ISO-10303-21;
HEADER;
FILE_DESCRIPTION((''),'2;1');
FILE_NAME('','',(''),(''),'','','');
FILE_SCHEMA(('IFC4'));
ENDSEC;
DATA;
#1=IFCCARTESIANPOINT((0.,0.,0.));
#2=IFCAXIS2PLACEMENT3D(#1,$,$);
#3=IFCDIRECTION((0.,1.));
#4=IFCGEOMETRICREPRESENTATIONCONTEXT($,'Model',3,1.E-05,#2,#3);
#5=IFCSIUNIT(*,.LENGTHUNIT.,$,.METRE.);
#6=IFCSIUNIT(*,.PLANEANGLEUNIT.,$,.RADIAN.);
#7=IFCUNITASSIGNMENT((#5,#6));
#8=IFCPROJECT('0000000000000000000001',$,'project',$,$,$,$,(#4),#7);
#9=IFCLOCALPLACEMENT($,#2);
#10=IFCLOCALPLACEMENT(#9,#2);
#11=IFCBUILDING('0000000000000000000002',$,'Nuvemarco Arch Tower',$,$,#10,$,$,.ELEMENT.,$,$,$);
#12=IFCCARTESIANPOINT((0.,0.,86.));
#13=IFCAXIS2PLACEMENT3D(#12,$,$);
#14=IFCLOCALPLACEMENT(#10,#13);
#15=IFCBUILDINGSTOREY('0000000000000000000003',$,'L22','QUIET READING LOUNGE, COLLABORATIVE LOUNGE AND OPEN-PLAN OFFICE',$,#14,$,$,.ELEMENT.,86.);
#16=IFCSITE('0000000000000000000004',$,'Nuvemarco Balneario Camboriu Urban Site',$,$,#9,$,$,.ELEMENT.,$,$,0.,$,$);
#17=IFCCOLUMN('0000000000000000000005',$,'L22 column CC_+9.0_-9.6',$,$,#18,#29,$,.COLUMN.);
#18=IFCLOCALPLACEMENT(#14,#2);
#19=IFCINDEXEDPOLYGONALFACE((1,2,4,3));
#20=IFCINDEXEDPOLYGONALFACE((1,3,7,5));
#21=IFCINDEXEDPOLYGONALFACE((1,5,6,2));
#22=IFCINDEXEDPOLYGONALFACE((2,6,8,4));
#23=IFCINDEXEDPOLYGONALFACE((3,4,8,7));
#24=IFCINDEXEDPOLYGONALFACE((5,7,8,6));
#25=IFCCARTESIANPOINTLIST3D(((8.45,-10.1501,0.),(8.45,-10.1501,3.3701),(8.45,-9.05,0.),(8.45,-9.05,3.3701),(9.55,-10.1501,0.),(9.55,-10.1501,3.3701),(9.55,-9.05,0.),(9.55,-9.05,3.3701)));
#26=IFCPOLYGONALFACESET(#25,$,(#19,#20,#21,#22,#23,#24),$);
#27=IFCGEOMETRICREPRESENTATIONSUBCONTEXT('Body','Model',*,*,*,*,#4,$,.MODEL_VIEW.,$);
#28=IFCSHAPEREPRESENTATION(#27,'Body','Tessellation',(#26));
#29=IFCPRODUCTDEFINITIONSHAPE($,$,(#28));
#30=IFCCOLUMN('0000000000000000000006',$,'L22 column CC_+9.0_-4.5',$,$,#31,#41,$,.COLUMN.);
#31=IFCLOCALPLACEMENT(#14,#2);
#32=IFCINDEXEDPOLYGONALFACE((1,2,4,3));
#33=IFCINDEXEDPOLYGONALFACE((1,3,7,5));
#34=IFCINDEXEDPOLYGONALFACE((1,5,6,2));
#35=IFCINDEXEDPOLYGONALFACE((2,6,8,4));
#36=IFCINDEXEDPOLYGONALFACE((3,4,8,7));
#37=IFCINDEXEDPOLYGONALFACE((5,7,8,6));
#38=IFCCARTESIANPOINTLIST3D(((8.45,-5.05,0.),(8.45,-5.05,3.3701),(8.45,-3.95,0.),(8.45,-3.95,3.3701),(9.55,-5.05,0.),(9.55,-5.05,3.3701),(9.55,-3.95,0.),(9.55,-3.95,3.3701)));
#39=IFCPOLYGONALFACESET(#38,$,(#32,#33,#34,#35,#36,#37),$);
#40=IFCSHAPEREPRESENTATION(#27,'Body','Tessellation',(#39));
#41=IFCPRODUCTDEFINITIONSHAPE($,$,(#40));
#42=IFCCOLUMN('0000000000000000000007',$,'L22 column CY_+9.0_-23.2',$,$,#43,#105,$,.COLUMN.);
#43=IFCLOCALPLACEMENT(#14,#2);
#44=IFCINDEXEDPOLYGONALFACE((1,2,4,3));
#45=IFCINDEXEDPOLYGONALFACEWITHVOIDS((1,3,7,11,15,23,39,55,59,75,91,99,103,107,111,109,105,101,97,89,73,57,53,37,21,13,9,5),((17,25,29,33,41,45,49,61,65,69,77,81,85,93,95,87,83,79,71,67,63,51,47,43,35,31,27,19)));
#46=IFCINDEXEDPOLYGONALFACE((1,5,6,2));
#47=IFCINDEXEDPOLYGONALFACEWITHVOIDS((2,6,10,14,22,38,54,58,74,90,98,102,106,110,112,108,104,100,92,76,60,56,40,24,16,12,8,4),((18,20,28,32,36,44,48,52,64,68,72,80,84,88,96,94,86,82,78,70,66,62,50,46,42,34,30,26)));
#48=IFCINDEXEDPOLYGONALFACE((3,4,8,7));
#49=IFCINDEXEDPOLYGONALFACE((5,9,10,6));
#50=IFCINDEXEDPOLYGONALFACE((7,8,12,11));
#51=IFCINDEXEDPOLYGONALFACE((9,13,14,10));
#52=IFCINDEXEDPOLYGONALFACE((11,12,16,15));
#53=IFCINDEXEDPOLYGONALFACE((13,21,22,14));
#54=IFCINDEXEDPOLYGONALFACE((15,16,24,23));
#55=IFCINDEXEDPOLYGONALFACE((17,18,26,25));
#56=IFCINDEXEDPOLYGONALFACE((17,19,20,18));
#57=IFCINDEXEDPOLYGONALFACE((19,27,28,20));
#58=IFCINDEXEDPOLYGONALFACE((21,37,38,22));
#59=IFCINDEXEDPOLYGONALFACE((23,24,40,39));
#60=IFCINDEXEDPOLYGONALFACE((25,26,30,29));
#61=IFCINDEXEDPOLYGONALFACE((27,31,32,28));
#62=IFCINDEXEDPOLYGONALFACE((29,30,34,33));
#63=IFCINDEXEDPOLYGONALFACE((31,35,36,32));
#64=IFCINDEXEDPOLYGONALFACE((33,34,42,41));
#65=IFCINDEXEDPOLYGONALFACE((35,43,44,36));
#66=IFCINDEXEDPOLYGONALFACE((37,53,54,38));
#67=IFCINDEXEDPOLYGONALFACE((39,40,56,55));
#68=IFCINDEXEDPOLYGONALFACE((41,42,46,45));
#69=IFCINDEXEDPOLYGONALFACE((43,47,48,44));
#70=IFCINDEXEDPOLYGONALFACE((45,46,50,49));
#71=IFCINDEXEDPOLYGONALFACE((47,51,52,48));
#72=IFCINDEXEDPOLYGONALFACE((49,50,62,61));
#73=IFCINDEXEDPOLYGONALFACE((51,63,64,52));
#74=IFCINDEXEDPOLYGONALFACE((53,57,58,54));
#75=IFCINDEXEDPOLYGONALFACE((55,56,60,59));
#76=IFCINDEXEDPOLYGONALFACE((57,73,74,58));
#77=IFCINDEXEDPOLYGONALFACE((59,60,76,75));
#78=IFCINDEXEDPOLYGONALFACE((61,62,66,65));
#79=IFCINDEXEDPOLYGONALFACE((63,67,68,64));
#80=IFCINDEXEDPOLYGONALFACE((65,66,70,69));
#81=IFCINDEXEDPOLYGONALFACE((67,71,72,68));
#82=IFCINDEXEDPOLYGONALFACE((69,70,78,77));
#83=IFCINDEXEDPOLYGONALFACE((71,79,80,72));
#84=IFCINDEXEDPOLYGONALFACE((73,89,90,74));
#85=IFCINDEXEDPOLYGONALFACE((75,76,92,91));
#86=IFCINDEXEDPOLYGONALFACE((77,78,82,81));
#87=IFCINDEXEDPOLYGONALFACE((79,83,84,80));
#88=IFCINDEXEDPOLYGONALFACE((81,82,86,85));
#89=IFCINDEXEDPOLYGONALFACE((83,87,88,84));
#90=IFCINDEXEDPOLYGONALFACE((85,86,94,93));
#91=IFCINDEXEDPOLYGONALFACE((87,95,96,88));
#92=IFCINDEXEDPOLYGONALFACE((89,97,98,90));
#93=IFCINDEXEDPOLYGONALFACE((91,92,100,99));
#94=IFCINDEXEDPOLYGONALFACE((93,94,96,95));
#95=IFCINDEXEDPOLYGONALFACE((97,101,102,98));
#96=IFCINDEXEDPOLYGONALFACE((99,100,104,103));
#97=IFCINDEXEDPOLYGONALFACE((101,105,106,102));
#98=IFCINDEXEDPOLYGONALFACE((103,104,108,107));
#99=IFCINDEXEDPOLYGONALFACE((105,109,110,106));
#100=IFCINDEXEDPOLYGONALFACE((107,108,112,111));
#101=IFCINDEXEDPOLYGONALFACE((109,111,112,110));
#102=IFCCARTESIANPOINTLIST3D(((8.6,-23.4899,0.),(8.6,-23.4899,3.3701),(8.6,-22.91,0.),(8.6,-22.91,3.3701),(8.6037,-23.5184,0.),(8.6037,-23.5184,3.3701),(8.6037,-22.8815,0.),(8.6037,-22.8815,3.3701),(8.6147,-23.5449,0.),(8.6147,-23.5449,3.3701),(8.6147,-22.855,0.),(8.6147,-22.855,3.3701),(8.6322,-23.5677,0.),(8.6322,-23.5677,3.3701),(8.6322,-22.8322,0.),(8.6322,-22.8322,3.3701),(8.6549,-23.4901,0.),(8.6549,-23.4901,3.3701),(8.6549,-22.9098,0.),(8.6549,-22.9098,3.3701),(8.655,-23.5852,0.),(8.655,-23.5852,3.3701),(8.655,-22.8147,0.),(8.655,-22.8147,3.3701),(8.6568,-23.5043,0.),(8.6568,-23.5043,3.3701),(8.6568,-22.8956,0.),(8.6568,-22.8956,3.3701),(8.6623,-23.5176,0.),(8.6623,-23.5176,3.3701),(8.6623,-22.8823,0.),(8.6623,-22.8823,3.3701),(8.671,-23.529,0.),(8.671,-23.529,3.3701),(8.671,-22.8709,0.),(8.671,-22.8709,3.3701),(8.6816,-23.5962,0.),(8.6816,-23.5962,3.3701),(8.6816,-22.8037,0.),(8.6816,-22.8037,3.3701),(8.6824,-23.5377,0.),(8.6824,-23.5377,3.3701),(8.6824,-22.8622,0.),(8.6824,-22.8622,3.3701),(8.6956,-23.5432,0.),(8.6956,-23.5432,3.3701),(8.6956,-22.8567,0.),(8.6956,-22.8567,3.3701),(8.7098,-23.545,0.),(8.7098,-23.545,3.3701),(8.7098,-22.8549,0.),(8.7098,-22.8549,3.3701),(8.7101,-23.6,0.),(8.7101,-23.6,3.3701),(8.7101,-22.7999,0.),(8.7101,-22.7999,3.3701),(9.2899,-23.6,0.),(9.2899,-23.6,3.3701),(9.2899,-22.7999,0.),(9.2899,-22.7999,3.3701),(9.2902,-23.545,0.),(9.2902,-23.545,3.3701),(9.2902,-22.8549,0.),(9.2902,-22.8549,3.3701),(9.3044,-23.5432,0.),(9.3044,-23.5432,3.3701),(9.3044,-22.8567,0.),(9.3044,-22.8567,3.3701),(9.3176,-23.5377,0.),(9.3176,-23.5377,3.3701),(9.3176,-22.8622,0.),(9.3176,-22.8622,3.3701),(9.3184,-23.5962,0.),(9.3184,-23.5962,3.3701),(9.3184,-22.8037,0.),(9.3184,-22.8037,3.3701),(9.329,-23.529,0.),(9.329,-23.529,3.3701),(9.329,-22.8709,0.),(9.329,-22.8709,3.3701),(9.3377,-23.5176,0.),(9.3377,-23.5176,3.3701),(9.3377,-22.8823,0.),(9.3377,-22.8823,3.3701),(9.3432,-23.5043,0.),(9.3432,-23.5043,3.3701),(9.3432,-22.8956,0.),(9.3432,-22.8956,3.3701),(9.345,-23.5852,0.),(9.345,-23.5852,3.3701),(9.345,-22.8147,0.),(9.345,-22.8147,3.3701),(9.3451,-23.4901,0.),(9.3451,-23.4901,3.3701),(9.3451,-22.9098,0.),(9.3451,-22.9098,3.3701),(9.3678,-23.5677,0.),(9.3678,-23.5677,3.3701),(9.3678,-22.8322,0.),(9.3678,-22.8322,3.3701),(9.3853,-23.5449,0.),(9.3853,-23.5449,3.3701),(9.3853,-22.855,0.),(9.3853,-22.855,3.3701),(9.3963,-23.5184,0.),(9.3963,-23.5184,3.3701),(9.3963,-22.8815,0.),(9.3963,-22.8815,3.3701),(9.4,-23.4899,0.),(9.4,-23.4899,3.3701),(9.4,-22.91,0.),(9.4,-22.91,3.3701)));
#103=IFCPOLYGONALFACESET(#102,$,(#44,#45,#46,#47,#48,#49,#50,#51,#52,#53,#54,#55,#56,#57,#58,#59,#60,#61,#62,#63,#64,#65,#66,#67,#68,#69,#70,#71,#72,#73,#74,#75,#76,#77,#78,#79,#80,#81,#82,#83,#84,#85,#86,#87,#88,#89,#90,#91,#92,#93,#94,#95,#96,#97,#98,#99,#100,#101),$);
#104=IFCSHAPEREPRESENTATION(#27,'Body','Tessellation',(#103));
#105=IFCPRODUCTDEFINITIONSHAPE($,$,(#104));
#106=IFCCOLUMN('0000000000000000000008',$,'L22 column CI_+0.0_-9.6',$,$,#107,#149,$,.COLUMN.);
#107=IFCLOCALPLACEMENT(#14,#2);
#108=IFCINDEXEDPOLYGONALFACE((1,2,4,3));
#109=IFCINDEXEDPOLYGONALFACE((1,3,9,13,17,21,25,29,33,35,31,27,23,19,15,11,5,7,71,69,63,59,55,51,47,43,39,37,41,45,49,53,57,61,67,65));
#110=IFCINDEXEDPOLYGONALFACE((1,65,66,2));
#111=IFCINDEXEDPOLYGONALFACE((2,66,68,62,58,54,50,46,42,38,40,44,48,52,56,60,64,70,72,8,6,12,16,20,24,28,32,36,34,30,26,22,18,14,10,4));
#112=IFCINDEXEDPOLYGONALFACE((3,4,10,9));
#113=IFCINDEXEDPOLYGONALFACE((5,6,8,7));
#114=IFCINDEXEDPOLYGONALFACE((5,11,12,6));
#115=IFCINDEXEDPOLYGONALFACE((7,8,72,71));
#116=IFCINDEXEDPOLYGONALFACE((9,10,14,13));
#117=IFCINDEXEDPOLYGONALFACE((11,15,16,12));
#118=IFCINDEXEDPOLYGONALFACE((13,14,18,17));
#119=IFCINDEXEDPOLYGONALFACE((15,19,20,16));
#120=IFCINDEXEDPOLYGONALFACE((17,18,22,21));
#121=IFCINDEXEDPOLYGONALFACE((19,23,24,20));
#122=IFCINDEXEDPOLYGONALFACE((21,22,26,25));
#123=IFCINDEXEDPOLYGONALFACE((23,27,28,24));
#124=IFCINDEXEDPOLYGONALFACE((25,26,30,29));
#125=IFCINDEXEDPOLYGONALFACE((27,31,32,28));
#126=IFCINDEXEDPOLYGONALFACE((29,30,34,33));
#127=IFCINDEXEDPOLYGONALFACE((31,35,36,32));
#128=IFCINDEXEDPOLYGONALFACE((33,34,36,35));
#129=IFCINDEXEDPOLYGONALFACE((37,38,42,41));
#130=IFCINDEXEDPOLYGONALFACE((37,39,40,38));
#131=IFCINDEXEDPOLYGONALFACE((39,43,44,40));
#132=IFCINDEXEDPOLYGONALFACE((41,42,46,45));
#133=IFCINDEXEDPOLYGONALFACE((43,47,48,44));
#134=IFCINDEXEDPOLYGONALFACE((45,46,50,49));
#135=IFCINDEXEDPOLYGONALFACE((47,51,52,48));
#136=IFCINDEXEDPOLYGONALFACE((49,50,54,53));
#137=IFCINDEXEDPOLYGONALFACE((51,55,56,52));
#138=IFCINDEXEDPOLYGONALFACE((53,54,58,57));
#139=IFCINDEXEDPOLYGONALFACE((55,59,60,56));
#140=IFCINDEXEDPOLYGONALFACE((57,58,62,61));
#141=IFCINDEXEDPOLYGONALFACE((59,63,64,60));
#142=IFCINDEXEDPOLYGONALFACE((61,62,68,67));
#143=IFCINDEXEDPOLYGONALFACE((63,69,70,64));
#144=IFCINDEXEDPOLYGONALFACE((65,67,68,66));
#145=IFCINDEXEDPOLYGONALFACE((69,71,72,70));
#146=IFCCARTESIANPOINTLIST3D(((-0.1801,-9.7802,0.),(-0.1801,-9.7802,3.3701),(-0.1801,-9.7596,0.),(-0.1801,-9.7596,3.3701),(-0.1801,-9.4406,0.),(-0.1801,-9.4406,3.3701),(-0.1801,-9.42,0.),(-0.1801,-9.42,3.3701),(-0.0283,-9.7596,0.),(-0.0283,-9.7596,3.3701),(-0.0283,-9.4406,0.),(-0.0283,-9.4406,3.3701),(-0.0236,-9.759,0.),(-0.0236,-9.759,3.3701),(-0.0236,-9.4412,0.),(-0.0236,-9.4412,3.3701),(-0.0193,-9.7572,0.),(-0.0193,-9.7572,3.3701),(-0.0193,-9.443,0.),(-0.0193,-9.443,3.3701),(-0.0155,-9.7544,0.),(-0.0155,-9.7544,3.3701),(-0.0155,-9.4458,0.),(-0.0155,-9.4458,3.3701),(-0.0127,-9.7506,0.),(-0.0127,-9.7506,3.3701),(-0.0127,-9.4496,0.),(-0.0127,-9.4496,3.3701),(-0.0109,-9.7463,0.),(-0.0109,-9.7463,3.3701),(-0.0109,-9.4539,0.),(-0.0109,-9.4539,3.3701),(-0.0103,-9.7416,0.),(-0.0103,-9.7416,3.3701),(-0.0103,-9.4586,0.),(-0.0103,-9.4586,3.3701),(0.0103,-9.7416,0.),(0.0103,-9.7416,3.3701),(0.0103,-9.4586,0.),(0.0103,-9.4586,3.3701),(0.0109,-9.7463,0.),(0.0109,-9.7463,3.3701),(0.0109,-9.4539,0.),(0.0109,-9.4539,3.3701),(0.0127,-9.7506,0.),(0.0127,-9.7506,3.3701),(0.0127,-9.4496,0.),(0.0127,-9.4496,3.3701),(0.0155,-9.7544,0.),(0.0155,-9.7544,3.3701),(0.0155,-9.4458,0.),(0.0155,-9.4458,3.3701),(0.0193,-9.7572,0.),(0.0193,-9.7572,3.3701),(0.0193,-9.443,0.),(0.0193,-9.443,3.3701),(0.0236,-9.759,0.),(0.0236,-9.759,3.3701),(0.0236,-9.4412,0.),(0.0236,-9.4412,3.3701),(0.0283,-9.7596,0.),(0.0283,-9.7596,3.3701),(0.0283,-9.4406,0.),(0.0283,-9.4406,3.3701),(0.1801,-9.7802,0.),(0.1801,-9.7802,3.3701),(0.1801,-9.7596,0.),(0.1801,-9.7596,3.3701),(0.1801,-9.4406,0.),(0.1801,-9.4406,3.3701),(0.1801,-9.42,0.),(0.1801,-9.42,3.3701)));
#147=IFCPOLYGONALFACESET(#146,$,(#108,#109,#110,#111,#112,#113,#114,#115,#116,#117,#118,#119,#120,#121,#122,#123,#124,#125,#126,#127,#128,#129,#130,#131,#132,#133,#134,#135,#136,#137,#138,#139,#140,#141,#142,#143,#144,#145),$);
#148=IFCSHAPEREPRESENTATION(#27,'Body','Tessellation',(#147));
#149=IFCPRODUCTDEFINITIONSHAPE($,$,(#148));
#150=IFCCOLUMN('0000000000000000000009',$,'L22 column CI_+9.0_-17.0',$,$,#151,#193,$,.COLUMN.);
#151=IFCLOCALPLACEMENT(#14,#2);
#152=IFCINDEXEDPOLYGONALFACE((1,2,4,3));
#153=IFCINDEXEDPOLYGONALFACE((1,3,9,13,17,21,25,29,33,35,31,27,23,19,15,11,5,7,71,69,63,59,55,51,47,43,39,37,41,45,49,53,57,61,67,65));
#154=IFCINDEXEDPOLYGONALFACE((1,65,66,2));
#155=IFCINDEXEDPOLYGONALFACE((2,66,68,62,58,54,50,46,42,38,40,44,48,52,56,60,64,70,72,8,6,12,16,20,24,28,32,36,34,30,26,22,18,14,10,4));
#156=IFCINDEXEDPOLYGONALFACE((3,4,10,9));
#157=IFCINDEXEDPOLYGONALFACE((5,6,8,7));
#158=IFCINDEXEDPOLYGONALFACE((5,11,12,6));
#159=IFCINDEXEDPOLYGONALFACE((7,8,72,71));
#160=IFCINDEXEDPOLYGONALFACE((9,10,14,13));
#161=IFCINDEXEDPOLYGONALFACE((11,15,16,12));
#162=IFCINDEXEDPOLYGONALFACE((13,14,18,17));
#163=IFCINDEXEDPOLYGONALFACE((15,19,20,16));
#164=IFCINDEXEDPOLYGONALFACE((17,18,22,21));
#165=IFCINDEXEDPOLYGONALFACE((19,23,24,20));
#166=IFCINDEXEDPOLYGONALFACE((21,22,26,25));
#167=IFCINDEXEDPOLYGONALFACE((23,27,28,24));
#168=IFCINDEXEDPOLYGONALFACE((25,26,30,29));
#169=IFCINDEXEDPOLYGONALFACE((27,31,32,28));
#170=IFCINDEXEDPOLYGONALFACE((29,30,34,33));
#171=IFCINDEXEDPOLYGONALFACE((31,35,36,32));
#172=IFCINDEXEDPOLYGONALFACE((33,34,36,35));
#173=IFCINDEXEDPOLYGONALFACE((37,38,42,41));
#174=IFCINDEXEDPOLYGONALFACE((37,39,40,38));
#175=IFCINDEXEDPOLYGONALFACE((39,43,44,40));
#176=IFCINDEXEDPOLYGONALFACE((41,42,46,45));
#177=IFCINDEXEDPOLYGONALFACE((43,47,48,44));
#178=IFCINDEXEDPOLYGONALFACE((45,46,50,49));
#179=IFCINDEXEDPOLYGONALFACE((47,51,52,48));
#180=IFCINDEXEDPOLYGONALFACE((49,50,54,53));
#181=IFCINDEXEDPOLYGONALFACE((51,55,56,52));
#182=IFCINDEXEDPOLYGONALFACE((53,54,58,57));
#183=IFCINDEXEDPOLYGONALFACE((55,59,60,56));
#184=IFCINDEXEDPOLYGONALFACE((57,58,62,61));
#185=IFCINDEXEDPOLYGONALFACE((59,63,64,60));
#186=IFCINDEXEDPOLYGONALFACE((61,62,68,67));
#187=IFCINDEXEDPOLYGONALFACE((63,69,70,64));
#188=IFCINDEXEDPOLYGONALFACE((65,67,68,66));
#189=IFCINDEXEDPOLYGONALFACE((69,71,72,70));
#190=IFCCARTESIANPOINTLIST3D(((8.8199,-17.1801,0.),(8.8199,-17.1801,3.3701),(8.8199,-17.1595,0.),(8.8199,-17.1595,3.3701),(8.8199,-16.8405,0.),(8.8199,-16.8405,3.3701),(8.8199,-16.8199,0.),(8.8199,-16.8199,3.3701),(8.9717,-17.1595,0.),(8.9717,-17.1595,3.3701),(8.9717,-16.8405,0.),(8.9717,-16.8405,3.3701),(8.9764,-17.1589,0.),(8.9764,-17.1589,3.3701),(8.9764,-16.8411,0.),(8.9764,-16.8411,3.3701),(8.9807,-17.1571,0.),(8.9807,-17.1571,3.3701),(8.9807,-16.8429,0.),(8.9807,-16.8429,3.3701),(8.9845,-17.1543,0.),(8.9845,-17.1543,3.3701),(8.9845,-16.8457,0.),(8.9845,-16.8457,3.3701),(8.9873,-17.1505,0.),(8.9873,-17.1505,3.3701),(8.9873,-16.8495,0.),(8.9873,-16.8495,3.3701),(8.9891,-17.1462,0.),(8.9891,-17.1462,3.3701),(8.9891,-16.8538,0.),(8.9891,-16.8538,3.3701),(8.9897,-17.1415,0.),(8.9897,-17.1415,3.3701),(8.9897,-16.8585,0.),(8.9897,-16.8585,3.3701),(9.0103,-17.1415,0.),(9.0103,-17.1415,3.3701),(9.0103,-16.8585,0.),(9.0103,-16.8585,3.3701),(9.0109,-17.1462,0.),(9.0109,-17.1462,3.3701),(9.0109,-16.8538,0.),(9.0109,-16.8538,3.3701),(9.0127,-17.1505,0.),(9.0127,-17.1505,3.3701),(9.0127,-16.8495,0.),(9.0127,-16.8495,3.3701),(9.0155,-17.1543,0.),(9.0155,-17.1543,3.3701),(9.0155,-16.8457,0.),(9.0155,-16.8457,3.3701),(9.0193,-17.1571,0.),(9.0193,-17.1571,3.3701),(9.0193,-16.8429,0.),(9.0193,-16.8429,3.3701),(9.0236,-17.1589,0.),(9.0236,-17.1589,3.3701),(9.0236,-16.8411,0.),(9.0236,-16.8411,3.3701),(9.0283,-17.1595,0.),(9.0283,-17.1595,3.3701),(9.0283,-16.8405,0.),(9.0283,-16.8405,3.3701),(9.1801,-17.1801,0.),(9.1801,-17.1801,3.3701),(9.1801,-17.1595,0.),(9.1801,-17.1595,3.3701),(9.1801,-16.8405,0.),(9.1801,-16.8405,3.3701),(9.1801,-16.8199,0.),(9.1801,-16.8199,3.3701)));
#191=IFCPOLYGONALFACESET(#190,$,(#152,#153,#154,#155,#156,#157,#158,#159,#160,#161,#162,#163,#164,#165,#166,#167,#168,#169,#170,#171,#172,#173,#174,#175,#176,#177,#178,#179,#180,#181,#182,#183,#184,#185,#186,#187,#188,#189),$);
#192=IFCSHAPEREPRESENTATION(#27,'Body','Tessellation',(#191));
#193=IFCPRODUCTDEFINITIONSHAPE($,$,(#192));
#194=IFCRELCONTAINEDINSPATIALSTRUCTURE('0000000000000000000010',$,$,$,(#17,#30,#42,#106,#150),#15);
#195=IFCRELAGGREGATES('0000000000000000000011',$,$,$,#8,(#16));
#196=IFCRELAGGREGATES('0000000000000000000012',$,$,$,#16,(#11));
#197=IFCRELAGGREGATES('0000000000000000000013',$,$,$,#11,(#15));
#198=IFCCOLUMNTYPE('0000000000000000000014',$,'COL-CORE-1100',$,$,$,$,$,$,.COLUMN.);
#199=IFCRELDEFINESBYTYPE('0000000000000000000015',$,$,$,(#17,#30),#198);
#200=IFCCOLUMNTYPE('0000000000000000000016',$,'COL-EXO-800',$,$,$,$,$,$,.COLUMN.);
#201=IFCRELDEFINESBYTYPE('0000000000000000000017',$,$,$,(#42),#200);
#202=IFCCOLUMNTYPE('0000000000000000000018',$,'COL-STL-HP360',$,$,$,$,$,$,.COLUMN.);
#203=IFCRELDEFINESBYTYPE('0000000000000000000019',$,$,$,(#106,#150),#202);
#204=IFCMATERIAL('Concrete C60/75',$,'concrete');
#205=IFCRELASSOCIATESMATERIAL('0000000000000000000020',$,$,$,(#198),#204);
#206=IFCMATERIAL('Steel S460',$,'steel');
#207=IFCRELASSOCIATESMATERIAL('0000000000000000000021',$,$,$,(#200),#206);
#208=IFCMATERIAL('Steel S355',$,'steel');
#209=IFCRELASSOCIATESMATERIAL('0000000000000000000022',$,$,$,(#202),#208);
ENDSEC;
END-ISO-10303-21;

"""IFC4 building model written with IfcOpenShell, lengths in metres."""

from ifc_helpers import new_model, si_unit, direction, frame, origin, origin_2d, place, context, subcontext, project, spatial, rectangle, hollow_rectangle, i_section, extrude, material, material_profile, profile_set, type_object, element, save


model = new_model("IFC4")

# Units and contexts
model_context = context("Model", 3, precision=1e-05, world=origin(), true_north=direction((0.0, 1.0)))
body_context = subcontext(model_context, "Body", "Model", "MODEL_VIEW")
ifc_project = project(units=[si_unit("LENGTHUNIT", "METRE"), si_unit("PLANEANGLEUNIT", "RADIAN")], contexts=[model_context])

# Site, building, storey
site_placement = place(None, origin())
site = spatial("IfcSite", under=ifc_project, at=site_placement, Name="Nuvemarco Balneario Camboriu Urban Site", CompositionType="ELEMENT", RefElevation=0.0)
building_placement = place(site_placement, origin())
building = spatial("IfcBuilding", under=site, at=building_placement, Name="Nuvemarco Arch Tower", CompositionType="ELEMENT")
storey_placement = place(building_placement, frame((0.0, 0.0, 86.0)))
storey = spatial("IfcBuildingStorey", under=building, at=storey_placement, Name="L22", Description="QUIET READING LOUNGE, COLLABORATIVE LOUNGE AND OPEN-PLAN OFFICE", CompositionType="ELEMENT", Elevation=86.0)

# Columns
ifc_material_1 = material(Name="Concrete C60/75", Category="concrete")
ifc_material_profile_1 = material_profile(ifc_material_1, rectangle(XDim=1.1001, YDim=1.1001, at=origin_2d()), Name="RC-COL-1100x1100")
ifc_profile_set_1 = profile_set([ifc_material_profile_1], Name="Concrete C60/75")
column_type_1 = type_object("IfcColumnType", Name="COL-CORE-1100", PredefinedType="COLUMN", material=ifc_profile_set_1)
for number, where, z_axis, x_axis, name in (
    (1, (9.0, -9.6001, 0.0), (0.0, 0.0, 1.0), (1.0, 0.0, 0.0), "L22 column CC_+9.0_-9.6"),
    (2, (9.0, -4.5, 0.0), (0.0, 0.0, 1.0), (1.0, 0.0, 0.0), "L22 column CC_+9.0_-4.5"),
):
    element("IfcColumn", number, at=place(storey_placement, frame(where, z_axis=z_axis, x_axis=x_axis)), inside=storey, type_object=column_type_1, Name=name, PredefinedType="COLUMN", context=body_context, shape_type="SweptSolid", body=[
        extrude(rectangle(XDim=1.1001, YDim=1.1001, at=origin_2d()), origin(), (0.0, 0.0, 1.0), 3.3701),
    ])
ifc_material_2 = material(Name="Steel S460", Category="steel")
ifc_material_profile_2 = material_profile(ifc_material_2, hollow_rectangle(XDim=0.8, YDim=0.8, WallThickness=0.0549, InnerFilletRadius=0.0549, OuterFilletRadius=0.1101, at=origin_2d()), Name="SHS800x800x55")
ifc_profile_set_2 = profile_set([ifc_material_profile_2], Name="Steel S460")
column_type_2 = type_object("IfcColumnType", Name="COL-EXO-800", PredefinedType="COLUMN", material=ifc_profile_set_2)
column_placement = place(storey_placement, frame((9.0, -23.2, 0.0), z_axis=(0.0, 0.0, 1.0), x_axis=(1.0, 0.0, 0.0)))
element("IfcColumn", 3, at=column_placement, inside=storey, type_object=column_type_2, Name="L22 column CY_+9.0_-23.2", PredefinedType="COLUMN", context=body_context, shape_type="SweptSolid", body=[
    extrude(hollow_rectangle(XDim=0.8, YDim=0.8, WallThickness=0.0549, InnerFilletRadius=0.0549, OuterFilletRadius=0.1101, at=origin_2d()), origin(), (0.0, 0.0, 1.0), 3.3701),
])
ifc_material_3 = material(Name="Steel S355", Category="steel")
ifc_material_profile_3 = material_profile(ifc_material_3, i_section(OverallWidth=0.3601, OverallDepth=0.3601, WebThickness=0.0205, FlangeThickness=0.0205, FilletRadius=0.0181, at=origin_2d()), Name="HP360x174")
ifc_profile_set_3 = profile_set([ifc_material_profile_3], Name="Steel S355")
column_type_3 = type_object("IfcColumnType", Name="COL-STL-HP360", PredefinedType="COLUMN", material=ifc_profile_set_3)
for number, where, z_axis, x_axis, name in (
    (4, (0.0, -9.6001, 0.0), (0.0, 0.0, 1.0), (1.0, 0.0, 0.0), "L22 column CI_+0.0_-9.6"),
    (5, (9.0, -17.0, 0.0), (0.0, 0.0, 1.0), (1.0, 0.0, 0.0), "L22 column CI_+9.0_-17.0"),
):
    element("IfcColumn", number, at=place(storey_placement, frame(where, z_axis=z_axis, x_axis=x_axis)), inside=storey, type_object=column_type_3, Name=name, PredefinedType="COLUMN", context=body_context, shape_type="SweptSolid", body=[
        extrude(i_section(OverallWidth=0.3601, OverallDepth=0.3601, WebThickness=0.0205, FlangeThickness=0.0205, FilletRadius=0.0181, at=origin_2d()), origin(), (0.0, 0.0, 1.0), 3.3701),
    ])

save(model, "model.ifc")
